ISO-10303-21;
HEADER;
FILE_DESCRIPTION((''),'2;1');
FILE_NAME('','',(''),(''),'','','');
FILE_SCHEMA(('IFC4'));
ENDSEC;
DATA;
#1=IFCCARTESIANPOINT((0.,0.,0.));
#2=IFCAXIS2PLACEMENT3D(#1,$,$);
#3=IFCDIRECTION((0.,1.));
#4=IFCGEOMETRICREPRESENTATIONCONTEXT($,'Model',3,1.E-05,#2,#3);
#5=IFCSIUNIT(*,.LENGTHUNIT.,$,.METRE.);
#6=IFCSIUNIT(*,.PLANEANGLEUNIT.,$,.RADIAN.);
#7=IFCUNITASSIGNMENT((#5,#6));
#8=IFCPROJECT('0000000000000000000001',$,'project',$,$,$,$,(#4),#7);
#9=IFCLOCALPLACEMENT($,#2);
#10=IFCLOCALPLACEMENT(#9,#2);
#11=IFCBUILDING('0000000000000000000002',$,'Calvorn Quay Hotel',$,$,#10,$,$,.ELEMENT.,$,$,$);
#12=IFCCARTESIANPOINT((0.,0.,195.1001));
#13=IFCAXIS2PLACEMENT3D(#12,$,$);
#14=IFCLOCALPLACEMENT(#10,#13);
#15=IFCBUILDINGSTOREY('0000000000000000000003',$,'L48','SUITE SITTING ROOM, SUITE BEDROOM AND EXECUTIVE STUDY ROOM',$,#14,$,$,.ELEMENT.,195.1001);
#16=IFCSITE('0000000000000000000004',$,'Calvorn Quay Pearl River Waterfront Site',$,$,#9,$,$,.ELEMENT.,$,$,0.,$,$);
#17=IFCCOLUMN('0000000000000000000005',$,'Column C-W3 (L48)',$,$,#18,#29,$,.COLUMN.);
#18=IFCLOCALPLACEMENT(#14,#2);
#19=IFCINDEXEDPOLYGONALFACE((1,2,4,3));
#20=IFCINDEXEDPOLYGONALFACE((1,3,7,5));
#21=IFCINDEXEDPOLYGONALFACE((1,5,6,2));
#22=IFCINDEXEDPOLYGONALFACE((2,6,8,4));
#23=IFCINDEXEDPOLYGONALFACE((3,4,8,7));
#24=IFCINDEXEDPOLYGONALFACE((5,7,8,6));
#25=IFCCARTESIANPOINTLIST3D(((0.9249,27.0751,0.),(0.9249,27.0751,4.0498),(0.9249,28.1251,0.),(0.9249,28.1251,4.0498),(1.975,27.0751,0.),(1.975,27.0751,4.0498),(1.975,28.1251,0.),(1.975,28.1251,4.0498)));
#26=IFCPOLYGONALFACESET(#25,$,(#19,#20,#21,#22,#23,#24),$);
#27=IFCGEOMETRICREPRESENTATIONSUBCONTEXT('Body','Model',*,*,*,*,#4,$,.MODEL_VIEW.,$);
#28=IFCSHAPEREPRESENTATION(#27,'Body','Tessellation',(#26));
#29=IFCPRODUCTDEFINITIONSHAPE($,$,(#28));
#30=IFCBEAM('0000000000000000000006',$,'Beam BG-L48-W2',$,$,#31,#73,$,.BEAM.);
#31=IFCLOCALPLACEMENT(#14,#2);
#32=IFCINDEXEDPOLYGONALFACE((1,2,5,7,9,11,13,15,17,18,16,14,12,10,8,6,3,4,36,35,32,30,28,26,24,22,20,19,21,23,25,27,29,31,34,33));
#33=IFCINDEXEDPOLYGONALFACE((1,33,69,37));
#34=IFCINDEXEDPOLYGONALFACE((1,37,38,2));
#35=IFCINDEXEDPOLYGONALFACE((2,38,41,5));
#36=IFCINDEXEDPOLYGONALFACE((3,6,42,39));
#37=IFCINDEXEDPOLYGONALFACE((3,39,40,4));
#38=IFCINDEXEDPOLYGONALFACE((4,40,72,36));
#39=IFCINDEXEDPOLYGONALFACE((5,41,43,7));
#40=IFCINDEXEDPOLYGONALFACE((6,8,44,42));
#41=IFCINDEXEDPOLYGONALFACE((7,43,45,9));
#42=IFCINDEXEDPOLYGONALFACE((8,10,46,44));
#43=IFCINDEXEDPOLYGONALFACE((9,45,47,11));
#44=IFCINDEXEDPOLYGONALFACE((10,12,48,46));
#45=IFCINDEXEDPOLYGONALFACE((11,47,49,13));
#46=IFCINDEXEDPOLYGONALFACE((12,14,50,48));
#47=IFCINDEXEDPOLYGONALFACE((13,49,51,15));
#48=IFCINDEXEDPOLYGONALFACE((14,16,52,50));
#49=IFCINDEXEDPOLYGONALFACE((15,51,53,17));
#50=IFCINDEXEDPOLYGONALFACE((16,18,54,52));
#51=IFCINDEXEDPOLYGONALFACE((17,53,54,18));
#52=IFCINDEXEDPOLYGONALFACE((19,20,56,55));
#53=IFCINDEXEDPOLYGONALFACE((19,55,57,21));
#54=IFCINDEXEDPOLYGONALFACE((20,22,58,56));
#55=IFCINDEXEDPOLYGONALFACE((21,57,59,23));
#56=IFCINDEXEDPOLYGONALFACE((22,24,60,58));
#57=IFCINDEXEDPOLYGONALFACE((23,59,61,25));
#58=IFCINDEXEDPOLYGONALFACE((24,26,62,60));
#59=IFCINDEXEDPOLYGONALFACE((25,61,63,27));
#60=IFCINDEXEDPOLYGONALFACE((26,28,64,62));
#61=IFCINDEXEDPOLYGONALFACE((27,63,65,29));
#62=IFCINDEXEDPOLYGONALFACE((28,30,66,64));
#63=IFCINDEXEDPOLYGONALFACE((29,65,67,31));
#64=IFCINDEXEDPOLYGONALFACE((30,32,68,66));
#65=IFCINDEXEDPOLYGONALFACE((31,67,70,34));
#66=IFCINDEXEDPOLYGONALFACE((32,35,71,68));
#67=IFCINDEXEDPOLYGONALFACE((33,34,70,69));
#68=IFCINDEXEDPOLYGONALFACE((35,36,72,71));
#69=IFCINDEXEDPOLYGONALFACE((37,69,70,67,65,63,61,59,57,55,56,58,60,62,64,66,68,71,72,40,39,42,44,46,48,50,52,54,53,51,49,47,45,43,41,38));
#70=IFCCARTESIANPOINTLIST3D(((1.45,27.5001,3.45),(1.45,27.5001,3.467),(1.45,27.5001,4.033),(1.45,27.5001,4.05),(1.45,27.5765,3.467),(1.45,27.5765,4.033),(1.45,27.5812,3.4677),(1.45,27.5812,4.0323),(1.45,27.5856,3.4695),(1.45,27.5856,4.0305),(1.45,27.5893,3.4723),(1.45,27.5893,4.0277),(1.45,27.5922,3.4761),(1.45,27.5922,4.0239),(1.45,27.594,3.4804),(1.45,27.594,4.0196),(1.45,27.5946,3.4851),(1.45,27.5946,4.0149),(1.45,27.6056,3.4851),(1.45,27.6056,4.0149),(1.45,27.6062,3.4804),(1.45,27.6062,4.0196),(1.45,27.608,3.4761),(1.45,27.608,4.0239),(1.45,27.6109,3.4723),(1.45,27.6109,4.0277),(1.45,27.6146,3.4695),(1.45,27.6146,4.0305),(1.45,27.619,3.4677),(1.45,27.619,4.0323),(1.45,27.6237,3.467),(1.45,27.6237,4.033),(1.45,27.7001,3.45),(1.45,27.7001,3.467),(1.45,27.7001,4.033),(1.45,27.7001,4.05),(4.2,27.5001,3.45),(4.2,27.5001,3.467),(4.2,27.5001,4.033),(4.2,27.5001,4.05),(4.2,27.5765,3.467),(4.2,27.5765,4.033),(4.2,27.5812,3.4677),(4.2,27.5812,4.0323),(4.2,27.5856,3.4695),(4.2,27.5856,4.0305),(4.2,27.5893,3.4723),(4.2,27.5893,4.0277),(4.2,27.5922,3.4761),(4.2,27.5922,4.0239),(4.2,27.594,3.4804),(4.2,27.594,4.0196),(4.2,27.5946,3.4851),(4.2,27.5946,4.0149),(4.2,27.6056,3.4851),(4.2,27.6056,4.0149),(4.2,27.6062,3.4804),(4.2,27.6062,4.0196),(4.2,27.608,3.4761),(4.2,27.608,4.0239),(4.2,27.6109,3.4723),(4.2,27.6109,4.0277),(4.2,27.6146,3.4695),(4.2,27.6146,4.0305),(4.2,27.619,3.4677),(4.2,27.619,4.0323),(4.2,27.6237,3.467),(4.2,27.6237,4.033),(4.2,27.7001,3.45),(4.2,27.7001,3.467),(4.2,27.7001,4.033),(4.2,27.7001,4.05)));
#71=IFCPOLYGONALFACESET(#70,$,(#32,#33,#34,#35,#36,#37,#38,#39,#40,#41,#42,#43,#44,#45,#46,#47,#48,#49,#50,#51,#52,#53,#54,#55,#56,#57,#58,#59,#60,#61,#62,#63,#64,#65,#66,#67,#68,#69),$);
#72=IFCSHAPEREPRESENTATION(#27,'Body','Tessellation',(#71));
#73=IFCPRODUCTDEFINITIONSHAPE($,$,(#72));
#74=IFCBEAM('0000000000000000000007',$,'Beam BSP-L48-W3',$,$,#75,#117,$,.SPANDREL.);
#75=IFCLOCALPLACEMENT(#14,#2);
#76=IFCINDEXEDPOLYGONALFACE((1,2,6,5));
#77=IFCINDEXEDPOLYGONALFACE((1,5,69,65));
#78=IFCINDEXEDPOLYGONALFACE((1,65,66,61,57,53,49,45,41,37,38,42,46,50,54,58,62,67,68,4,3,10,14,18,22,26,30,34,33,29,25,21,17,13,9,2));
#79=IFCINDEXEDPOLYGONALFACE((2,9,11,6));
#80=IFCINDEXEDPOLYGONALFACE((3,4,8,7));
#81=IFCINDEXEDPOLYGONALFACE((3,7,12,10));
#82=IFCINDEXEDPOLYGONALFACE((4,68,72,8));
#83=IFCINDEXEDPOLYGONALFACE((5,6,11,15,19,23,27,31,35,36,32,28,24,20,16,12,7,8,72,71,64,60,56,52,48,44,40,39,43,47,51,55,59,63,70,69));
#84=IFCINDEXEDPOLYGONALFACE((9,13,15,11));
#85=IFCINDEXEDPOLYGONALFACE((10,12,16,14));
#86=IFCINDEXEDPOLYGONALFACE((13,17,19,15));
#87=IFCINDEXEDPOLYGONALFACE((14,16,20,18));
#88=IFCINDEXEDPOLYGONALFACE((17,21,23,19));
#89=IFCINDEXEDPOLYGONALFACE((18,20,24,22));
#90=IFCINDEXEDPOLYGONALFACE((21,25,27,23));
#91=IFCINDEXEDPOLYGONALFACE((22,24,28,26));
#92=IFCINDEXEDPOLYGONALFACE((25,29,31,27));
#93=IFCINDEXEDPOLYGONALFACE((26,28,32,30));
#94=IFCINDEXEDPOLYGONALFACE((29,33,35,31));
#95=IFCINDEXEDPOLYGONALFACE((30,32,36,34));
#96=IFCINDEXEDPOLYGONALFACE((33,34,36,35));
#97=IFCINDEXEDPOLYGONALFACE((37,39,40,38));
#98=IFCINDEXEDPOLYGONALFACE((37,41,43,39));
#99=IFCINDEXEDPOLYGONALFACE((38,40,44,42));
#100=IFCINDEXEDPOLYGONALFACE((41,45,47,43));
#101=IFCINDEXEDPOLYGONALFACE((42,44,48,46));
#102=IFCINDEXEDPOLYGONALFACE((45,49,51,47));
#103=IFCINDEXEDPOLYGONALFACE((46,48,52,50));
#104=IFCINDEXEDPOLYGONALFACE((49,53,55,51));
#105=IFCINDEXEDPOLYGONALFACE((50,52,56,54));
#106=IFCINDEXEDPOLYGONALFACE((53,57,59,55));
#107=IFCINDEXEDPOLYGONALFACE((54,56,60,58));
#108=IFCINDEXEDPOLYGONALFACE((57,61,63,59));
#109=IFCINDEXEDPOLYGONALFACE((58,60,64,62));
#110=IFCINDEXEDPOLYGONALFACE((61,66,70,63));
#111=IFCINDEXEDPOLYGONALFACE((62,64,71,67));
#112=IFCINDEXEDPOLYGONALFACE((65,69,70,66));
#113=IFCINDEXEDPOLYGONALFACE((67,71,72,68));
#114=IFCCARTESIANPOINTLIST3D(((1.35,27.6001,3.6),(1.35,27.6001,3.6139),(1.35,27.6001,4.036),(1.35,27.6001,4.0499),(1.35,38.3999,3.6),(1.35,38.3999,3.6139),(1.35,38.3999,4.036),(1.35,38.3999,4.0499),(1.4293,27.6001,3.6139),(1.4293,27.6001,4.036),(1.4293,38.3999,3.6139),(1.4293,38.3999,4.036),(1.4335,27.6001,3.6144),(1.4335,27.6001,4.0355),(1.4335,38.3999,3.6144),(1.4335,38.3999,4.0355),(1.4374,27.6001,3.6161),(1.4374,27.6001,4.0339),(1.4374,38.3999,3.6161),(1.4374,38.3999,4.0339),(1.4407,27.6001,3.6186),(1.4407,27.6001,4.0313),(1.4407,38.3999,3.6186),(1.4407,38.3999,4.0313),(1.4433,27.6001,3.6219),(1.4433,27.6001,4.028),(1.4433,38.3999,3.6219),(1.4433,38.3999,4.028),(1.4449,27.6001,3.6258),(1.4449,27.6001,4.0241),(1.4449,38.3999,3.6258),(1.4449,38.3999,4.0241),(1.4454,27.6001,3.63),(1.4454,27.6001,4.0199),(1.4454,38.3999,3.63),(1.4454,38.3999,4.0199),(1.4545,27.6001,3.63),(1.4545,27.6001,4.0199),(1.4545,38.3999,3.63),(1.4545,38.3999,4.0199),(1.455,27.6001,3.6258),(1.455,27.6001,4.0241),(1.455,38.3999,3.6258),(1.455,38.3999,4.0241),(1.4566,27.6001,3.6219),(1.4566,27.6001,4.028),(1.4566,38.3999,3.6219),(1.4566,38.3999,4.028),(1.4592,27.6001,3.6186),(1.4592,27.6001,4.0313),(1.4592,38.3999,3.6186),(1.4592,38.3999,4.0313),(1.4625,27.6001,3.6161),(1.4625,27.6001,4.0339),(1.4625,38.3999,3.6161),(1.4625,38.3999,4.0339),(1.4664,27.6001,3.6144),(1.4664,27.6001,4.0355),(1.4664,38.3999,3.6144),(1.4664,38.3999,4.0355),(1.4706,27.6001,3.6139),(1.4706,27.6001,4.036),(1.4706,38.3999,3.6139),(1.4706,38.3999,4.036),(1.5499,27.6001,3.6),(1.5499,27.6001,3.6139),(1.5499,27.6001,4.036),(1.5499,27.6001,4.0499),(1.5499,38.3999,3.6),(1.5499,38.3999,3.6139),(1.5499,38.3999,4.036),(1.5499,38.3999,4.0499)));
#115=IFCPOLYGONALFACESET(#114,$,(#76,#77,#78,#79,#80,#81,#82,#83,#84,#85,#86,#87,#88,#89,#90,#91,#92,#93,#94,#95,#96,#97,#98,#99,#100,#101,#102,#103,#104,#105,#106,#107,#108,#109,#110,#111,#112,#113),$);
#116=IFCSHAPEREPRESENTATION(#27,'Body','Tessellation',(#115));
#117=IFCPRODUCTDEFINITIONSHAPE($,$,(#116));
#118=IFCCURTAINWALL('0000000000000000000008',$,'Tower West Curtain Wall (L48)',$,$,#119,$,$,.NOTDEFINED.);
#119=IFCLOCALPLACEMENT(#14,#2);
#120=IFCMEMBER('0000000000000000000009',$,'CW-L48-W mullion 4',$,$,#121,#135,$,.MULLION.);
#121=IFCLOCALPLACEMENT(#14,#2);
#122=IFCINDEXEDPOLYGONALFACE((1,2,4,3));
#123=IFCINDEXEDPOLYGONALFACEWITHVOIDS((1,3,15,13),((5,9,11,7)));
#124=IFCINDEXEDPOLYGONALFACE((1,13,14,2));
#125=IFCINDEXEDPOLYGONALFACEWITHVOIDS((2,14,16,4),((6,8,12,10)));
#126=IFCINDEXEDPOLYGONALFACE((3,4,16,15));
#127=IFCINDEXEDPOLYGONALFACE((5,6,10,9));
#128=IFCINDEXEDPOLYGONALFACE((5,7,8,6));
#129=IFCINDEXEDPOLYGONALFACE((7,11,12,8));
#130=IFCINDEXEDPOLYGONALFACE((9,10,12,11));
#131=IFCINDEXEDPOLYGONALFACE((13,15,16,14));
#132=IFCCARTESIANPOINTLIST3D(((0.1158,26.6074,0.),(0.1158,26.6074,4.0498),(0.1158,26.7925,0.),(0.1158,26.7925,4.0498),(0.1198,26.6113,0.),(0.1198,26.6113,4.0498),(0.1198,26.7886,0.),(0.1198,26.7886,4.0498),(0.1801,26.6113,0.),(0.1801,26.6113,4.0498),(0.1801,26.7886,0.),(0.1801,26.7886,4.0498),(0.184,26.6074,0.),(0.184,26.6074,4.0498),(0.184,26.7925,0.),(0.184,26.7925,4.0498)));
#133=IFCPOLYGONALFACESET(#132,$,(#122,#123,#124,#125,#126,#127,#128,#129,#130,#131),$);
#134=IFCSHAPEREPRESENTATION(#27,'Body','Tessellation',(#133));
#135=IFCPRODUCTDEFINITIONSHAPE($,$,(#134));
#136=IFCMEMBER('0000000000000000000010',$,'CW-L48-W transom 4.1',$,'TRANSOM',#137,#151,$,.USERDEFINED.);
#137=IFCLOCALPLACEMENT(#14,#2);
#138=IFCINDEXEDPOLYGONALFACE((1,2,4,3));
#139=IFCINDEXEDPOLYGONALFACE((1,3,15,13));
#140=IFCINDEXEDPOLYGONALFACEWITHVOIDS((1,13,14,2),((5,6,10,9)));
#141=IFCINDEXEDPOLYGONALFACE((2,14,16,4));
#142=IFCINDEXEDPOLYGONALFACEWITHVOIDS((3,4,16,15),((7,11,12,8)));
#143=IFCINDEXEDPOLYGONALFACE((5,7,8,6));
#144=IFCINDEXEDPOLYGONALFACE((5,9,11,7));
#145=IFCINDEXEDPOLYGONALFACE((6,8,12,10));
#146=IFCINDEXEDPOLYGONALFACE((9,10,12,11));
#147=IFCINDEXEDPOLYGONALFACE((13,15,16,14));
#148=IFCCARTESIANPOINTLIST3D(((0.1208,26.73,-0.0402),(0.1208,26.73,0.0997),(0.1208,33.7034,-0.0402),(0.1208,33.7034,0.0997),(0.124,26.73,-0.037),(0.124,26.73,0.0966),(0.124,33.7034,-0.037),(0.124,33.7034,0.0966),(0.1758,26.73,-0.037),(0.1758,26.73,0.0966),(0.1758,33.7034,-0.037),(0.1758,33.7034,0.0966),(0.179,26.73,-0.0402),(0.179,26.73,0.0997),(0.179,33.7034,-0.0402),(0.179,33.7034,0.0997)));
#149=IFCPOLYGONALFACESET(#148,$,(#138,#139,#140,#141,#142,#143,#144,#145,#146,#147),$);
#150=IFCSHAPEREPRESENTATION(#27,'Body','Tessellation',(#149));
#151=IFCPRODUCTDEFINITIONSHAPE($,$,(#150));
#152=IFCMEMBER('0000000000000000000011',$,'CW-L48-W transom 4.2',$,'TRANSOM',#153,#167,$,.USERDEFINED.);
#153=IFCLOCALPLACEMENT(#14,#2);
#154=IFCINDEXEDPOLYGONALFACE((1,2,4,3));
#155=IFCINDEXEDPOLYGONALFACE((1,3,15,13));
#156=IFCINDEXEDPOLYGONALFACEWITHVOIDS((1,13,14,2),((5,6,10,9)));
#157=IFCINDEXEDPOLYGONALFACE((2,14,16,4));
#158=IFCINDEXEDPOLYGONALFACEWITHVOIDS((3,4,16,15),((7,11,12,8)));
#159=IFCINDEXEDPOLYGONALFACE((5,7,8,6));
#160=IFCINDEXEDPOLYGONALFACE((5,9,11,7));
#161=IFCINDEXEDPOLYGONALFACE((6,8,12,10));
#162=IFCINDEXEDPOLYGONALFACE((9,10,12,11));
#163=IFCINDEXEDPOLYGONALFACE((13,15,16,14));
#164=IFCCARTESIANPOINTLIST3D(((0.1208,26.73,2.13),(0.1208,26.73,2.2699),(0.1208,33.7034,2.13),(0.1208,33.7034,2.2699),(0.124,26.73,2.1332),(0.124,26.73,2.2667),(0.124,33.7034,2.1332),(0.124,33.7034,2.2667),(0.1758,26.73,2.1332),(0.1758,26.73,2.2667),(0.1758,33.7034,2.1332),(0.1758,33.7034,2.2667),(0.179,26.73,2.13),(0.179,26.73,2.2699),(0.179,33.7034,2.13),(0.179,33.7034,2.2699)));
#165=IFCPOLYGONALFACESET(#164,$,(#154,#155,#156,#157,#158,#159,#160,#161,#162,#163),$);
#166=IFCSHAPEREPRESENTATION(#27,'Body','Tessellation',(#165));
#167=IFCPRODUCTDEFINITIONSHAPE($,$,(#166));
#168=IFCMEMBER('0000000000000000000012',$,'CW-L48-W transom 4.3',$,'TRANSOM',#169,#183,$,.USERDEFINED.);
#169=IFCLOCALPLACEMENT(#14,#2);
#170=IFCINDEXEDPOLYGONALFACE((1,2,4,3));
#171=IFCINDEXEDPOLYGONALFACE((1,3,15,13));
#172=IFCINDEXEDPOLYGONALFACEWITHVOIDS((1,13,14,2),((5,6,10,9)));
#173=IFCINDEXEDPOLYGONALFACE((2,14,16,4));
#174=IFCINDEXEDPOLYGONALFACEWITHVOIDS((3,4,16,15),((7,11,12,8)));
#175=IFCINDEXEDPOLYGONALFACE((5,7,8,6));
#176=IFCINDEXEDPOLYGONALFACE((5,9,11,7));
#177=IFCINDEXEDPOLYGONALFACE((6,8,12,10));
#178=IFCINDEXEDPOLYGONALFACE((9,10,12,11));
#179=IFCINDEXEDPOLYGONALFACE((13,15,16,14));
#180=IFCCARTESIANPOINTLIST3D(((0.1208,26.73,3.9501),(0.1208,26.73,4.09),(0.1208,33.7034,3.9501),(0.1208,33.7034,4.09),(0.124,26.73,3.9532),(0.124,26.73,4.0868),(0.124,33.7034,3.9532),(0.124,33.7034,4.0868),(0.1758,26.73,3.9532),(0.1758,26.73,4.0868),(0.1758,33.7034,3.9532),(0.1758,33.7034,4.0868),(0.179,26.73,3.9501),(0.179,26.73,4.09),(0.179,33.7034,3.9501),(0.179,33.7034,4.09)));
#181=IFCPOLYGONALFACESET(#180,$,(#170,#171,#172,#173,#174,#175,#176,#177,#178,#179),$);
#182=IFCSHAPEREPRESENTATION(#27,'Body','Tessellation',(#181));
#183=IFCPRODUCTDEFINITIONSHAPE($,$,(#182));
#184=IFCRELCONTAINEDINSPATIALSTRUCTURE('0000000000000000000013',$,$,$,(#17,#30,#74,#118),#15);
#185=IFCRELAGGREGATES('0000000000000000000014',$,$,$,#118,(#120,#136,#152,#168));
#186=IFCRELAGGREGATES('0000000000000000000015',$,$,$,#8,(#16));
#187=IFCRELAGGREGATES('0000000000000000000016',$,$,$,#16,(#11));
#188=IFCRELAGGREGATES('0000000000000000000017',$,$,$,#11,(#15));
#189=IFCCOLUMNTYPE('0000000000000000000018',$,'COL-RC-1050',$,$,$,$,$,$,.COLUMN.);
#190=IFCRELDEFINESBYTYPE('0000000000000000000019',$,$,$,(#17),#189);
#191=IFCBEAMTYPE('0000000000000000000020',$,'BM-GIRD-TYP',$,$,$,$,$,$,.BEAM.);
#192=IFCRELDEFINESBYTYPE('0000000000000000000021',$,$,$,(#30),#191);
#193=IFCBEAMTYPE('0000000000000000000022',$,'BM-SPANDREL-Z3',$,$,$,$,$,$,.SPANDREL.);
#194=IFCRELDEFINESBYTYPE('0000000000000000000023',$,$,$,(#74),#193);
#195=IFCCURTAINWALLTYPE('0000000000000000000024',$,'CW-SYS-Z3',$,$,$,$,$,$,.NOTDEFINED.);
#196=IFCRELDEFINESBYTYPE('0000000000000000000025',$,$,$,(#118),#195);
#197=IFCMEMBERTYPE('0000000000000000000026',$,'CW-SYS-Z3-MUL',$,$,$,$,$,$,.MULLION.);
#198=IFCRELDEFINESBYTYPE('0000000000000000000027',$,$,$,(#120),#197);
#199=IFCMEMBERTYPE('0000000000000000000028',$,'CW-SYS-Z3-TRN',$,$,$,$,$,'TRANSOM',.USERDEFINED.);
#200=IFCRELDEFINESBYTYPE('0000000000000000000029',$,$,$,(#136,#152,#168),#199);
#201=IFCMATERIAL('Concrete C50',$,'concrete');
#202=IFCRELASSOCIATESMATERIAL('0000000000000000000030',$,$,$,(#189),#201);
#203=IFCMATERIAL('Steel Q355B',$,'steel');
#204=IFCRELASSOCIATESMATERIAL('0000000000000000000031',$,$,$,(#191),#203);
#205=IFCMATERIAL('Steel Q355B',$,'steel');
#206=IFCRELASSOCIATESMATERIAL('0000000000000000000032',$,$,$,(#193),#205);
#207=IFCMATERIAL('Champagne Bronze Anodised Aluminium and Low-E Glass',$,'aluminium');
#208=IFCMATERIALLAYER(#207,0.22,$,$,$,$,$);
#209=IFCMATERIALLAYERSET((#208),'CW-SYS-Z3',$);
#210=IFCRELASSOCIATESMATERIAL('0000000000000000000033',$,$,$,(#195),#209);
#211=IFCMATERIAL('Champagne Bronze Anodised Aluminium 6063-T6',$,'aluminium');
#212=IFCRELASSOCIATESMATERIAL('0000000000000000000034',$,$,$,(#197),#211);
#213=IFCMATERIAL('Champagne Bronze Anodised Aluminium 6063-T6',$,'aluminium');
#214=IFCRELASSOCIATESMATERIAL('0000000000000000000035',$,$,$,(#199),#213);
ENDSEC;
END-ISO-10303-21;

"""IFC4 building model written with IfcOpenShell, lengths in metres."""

from ifc_helpers import new_model, si_unit, direction, frame, origin, origin_2d, place, context, subcontext, project, spatial, rectangle, hollow_rectangle, i_section, extrude, material, layer, layer_set, material_profile, profile_set, type_object, element, aggregate, save


model = new_model("IFC4")

# Units and contexts
model_context = context("Model", 3, precision=1e-05, world=origin(), true_north=direction((0.0, 1.0)))
body_context = subcontext(model_context, "Body", "Model", "MODEL_VIEW")
ifc_project = project(units=[si_unit("LENGTHUNIT", "METRE"), si_unit("PLANEANGLEUNIT", "RADIAN")], contexts=[model_context])

# Site, building, storey
site_placement = place(None, origin())
site = spatial("IfcSite", under=ifc_project, at=site_placement, Name="Calvorn Quay Pearl River Waterfront Site", CompositionType="ELEMENT", RefElevation=0.0)
building_placement = place(site_placement, origin())
building = spatial("IfcBuilding", under=site, at=building_placement, Name="Calvorn Quay Hotel", CompositionType="ELEMENT")
storey_placement = place(building_placement, frame((0.0, 0.0, 195.1001)))
storey = spatial("IfcBuildingStorey", under=building, at=storey_placement, Name="L48", Description="SUITE SITTING ROOM, SUITE BEDROOM AND EXECUTIVE STUDY ROOM", CompositionType="ELEMENT", Elevation=195.1001)

# Column
ifc_material_1 = material(Name="Concrete C50", Category="concrete")
ifc_material_profile_1 = material_profile(ifc_material_1, rectangle(XDim=1.05, YDim=1.05, at=origin_2d()), Name="RC1050x1050")
ifc_profile_set_1 = profile_set([ifc_material_profile_1], Name="Concrete C50")
column_type = type_object("IfcColumnType", Name="COL-RC-1050", PredefinedType="COLUMN", material=ifc_profile_set_1)
column_placement = place(storey_placement, frame((1.45, 27.6001, 0.0), z_axis=(0.0, 0.0, 1.0), x_axis=(1.0, 0.0, 0.0)))
element("IfcColumn", 1, at=column_placement, inside=storey, type_object=column_type, Name="Column C-W3 (L48)", PredefinedType="COLUMN", context=body_context, shape_type="SweptSolid", body=[
    extrude(rectangle(XDim=1.05, YDim=1.05, at=origin_2d()), origin(), (0.0, 0.0, 1.0), 4.0498),
])

# Beams
ifc_material_2 = material(Name="Steel Q355B", Category="steel")
ifc_material_profile_2 = material_profile(ifc_material_2, i_section(OverallWidth=0.2, OverallDepth=0.6001, WebThickness=0.011, FlangeThickness=0.0171, FilletRadius=0.0181, at=origin_2d()), Name="HN600x200x11x17")
ifc_profile_set_2 = profile_set([ifc_material_profile_2], Name="Steel Q355B")
beam_type_1 = type_object("IfcBeamType", Name="BM-GIRD-TYP", PredefinedType="BEAM", material=ifc_profile_set_2)
beam_1_placement = place(storey_placement, frame((1.45, 27.6001, 3.75), z_axis=(1.0, 0.0, 0.0), x_axis=(0.0, 1.0, 0.0)))
element("IfcBeam", 2, at=beam_1_placement, inside=storey, type_object=beam_type_1, Name="Beam BG-L48-W2", PredefinedType="BEAM", context=body_context, shape_type="SweptSolid", body=[
    extrude(i_section(OverallWidth=0.2, OverallDepth=0.6001, WebThickness=0.011, FlangeThickness=0.0171, FilletRadius=0.0181, at=origin_2d()), origin(), (0.0, 0.0, 1.0), 2.75),
])
ifc_material_3 = material(Name="Steel Q355B", Category="steel")
ifc_material_profile_3 = material_profile(ifc_material_3, i_section(OverallWidth=0.2, OverallDepth=0.45, WebThickness=0.009, FlangeThickness=0.0139, FilletRadius=0.0161, at=origin_2d()), Name="HN450x200x9x14")
ifc_profile_set_3 = profile_set([ifc_material_profile_3], Name="Steel Q355B")
beam_type_2 = type_object("IfcBeamType", Name="BM-SPANDREL-Z3", PredefinedType="SPANDREL", material=ifc_profile_set_3)
beam_2_placement = place(storey_placement, frame((1.45, 27.6001, 3.825), z_axis=(0.0, 1.0, 0.0), x_axis=(-1.0, 0.0, 0.0)))
element("IfcBeam", 3, at=beam_2_placement, inside=storey, type_object=beam_type_2, Name="Beam BSP-L48-W3", PredefinedType="SPANDREL", context=body_context, shape_type="SweptSolid", body=[
    extrude(i_section(OverallWidth=0.2, OverallDepth=0.45, WebThickness=0.009, FlangeThickness=0.0139, FilletRadius=0.0161, at=origin_2d()), origin(), (0.0, 0.0, 1.0), 10.7998),
])

# Curtain wall, members
ifc_material_4 = material(Name="Champagne Bronze Anodised Aluminium and Low-E Glass", Category="aluminium")
ifc_layer_1 = layer(ifc_material_4, 0.22)
ifc_layer_set_1 = layer_set([ifc_layer_1], Name="CW-SYS-Z3")
curtain_wall_type = type_object("IfcCurtainWallType", Name="CW-SYS-Z3", PredefinedType="NOTDEFINED", material=ifc_layer_set_1)
curtain_wall_placement = place(storey_placement, origin())
curtain_wall = element("IfcCurtainWall", 4, at=curtain_wall_placement, inside=storey, type_object=curtain_wall_type, Name="Tower West Curtain Wall (L48)", PredefinedType="NOTDEFINED")
ifc_material_5 = material(Name="Champagne Bronze Anodised Aluminium 6063-T6", Category="aluminium")
ifc_material_profile_4 = material_profile(ifc_material_5, hollow_rectangle(XDim=0.0681, YDim=0.1851, WallThickness=0.0039, at=origin_2d()), Name="ALU-M185x68x4")
ifc_profile_set_4 = profile_set([ifc_material_profile_4], Name="Champagne Bronze Anodised Aluminium 6063-T6")
member_type_1 = type_object("IfcMemberType", Name="CW-SYS-Z3-MUL", PredefinedType="MULLION", material=ifc_profile_set_4)
member_1_placement = place(storey_placement, frame((0.1499, 26.7, 0.0), z_axis=(0.0, 0.0, 1.0), x_axis=(-1.0, 0.0, 0.0)))
member_1 = element("IfcMember", 5, at=member_1_placement, type_object=member_type_1, Name="CW-L48-W mullion 4", PredefinedType="MULLION", context=body_context, shape_type="SweptSolid", body=[
    extrude(hollow_rectangle(XDim=0.0681, YDim=0.1851, WallThickness=0.0039, at=origin_2d()), origin(), (0.0, 0.0, 1.0), 4.0498),
])
ifc_material_6 = material(Name="Champagne Bronze Anodised Aluminium 6063-T6", Category="aluminium")
ifc_material_profile_5 = material_profile(ifc_material_6, hollow_rectangle(XDim=0.0581, YDim=0.1399, WallThickness=0.0032, at=origin_2d()), Name="ALU-T140x58x3.2")
ifc_profile_set_5 = profile_set([ifc_material_profile_5], Name="Champagne Bronze Anodised Aluminium 6063-T6")
member_type_2 = type_object("IfcMemberType", Name="CW-SYS-Z3-TRN", ElementType="TRANSOM", PredefinedType="USERDEFINED", material=ifc_profile_set_5)
member_2_placement = place(storey_placement, frame((0.1499, 26.73, 0.0298), z_axis=(0.0, 1.0, 0.0), x_axis=(-1.0, 0.0, 0.0)))
member_2 = element("IfcMember", 6, at=member_2_placement, type_object=member_type_2, Name="CW-L48-W transom 4.1", ObjectType="TRANSOM", PredefinedType="USERDEFINED", context=body_context, shape_type="SweptSolid", body=[
    extrude(hollow_rectangle(XDim=0.0581, YDim=0.1399, WallThickness=0.0032, at=origin_2d()), origin(), (0.0, 0.0, 1.0), 6.9734),
])
member_3_placement = place(storey_placement, frame((0.1499, 26.73, 2.2), z_axis=(0.0, 1.0, 0.0), x_axis=(-1.0, 0.0, 0.0)))
member_3 = element("IfcMember", 7, at=member_3_placement, type_object=member_type_2, Name="CW-L48-W transom 4.2", ObjectType="TRANSOM", PredefinedType="USERDEFINED", context=body_context, shape_type="SweptSolid", body=[
    extrude(hollow_rectangle(XDim=0.0581, YDim=0.1399, WallThickness=0.0032, at=origin_2d()), origin(), (0.0, 0.0, 1.0), 6.9734),
])
member_4_placement = place(storey_placement, frame((0.1499, 26.73, 4.02), z_axis=(0.0, 1.0, 0.0), x_axis=(-1.0, 0.0, 0.0)))
member_4 = element("IfcMember", 8, at=member_4_placement, type_object=member_type_2, Name="CW-L48-W transom 4.3", ObjectType="TRANSOM", PredefinedType="USERDEFINED", context=body_context, shape_type="SweptSolid", body=[
    extrude(hollow_rectangle(XDim=0.0581, YDim=0.1399, WallThickness=0.0032, at=origin_2d()), origin(), (0.0, 0.0, 1.0), 6.9734),
])
aggregate(curtain_wall, [member_1, member_2, member_3, member_4])

save(model, "model.ifc")
